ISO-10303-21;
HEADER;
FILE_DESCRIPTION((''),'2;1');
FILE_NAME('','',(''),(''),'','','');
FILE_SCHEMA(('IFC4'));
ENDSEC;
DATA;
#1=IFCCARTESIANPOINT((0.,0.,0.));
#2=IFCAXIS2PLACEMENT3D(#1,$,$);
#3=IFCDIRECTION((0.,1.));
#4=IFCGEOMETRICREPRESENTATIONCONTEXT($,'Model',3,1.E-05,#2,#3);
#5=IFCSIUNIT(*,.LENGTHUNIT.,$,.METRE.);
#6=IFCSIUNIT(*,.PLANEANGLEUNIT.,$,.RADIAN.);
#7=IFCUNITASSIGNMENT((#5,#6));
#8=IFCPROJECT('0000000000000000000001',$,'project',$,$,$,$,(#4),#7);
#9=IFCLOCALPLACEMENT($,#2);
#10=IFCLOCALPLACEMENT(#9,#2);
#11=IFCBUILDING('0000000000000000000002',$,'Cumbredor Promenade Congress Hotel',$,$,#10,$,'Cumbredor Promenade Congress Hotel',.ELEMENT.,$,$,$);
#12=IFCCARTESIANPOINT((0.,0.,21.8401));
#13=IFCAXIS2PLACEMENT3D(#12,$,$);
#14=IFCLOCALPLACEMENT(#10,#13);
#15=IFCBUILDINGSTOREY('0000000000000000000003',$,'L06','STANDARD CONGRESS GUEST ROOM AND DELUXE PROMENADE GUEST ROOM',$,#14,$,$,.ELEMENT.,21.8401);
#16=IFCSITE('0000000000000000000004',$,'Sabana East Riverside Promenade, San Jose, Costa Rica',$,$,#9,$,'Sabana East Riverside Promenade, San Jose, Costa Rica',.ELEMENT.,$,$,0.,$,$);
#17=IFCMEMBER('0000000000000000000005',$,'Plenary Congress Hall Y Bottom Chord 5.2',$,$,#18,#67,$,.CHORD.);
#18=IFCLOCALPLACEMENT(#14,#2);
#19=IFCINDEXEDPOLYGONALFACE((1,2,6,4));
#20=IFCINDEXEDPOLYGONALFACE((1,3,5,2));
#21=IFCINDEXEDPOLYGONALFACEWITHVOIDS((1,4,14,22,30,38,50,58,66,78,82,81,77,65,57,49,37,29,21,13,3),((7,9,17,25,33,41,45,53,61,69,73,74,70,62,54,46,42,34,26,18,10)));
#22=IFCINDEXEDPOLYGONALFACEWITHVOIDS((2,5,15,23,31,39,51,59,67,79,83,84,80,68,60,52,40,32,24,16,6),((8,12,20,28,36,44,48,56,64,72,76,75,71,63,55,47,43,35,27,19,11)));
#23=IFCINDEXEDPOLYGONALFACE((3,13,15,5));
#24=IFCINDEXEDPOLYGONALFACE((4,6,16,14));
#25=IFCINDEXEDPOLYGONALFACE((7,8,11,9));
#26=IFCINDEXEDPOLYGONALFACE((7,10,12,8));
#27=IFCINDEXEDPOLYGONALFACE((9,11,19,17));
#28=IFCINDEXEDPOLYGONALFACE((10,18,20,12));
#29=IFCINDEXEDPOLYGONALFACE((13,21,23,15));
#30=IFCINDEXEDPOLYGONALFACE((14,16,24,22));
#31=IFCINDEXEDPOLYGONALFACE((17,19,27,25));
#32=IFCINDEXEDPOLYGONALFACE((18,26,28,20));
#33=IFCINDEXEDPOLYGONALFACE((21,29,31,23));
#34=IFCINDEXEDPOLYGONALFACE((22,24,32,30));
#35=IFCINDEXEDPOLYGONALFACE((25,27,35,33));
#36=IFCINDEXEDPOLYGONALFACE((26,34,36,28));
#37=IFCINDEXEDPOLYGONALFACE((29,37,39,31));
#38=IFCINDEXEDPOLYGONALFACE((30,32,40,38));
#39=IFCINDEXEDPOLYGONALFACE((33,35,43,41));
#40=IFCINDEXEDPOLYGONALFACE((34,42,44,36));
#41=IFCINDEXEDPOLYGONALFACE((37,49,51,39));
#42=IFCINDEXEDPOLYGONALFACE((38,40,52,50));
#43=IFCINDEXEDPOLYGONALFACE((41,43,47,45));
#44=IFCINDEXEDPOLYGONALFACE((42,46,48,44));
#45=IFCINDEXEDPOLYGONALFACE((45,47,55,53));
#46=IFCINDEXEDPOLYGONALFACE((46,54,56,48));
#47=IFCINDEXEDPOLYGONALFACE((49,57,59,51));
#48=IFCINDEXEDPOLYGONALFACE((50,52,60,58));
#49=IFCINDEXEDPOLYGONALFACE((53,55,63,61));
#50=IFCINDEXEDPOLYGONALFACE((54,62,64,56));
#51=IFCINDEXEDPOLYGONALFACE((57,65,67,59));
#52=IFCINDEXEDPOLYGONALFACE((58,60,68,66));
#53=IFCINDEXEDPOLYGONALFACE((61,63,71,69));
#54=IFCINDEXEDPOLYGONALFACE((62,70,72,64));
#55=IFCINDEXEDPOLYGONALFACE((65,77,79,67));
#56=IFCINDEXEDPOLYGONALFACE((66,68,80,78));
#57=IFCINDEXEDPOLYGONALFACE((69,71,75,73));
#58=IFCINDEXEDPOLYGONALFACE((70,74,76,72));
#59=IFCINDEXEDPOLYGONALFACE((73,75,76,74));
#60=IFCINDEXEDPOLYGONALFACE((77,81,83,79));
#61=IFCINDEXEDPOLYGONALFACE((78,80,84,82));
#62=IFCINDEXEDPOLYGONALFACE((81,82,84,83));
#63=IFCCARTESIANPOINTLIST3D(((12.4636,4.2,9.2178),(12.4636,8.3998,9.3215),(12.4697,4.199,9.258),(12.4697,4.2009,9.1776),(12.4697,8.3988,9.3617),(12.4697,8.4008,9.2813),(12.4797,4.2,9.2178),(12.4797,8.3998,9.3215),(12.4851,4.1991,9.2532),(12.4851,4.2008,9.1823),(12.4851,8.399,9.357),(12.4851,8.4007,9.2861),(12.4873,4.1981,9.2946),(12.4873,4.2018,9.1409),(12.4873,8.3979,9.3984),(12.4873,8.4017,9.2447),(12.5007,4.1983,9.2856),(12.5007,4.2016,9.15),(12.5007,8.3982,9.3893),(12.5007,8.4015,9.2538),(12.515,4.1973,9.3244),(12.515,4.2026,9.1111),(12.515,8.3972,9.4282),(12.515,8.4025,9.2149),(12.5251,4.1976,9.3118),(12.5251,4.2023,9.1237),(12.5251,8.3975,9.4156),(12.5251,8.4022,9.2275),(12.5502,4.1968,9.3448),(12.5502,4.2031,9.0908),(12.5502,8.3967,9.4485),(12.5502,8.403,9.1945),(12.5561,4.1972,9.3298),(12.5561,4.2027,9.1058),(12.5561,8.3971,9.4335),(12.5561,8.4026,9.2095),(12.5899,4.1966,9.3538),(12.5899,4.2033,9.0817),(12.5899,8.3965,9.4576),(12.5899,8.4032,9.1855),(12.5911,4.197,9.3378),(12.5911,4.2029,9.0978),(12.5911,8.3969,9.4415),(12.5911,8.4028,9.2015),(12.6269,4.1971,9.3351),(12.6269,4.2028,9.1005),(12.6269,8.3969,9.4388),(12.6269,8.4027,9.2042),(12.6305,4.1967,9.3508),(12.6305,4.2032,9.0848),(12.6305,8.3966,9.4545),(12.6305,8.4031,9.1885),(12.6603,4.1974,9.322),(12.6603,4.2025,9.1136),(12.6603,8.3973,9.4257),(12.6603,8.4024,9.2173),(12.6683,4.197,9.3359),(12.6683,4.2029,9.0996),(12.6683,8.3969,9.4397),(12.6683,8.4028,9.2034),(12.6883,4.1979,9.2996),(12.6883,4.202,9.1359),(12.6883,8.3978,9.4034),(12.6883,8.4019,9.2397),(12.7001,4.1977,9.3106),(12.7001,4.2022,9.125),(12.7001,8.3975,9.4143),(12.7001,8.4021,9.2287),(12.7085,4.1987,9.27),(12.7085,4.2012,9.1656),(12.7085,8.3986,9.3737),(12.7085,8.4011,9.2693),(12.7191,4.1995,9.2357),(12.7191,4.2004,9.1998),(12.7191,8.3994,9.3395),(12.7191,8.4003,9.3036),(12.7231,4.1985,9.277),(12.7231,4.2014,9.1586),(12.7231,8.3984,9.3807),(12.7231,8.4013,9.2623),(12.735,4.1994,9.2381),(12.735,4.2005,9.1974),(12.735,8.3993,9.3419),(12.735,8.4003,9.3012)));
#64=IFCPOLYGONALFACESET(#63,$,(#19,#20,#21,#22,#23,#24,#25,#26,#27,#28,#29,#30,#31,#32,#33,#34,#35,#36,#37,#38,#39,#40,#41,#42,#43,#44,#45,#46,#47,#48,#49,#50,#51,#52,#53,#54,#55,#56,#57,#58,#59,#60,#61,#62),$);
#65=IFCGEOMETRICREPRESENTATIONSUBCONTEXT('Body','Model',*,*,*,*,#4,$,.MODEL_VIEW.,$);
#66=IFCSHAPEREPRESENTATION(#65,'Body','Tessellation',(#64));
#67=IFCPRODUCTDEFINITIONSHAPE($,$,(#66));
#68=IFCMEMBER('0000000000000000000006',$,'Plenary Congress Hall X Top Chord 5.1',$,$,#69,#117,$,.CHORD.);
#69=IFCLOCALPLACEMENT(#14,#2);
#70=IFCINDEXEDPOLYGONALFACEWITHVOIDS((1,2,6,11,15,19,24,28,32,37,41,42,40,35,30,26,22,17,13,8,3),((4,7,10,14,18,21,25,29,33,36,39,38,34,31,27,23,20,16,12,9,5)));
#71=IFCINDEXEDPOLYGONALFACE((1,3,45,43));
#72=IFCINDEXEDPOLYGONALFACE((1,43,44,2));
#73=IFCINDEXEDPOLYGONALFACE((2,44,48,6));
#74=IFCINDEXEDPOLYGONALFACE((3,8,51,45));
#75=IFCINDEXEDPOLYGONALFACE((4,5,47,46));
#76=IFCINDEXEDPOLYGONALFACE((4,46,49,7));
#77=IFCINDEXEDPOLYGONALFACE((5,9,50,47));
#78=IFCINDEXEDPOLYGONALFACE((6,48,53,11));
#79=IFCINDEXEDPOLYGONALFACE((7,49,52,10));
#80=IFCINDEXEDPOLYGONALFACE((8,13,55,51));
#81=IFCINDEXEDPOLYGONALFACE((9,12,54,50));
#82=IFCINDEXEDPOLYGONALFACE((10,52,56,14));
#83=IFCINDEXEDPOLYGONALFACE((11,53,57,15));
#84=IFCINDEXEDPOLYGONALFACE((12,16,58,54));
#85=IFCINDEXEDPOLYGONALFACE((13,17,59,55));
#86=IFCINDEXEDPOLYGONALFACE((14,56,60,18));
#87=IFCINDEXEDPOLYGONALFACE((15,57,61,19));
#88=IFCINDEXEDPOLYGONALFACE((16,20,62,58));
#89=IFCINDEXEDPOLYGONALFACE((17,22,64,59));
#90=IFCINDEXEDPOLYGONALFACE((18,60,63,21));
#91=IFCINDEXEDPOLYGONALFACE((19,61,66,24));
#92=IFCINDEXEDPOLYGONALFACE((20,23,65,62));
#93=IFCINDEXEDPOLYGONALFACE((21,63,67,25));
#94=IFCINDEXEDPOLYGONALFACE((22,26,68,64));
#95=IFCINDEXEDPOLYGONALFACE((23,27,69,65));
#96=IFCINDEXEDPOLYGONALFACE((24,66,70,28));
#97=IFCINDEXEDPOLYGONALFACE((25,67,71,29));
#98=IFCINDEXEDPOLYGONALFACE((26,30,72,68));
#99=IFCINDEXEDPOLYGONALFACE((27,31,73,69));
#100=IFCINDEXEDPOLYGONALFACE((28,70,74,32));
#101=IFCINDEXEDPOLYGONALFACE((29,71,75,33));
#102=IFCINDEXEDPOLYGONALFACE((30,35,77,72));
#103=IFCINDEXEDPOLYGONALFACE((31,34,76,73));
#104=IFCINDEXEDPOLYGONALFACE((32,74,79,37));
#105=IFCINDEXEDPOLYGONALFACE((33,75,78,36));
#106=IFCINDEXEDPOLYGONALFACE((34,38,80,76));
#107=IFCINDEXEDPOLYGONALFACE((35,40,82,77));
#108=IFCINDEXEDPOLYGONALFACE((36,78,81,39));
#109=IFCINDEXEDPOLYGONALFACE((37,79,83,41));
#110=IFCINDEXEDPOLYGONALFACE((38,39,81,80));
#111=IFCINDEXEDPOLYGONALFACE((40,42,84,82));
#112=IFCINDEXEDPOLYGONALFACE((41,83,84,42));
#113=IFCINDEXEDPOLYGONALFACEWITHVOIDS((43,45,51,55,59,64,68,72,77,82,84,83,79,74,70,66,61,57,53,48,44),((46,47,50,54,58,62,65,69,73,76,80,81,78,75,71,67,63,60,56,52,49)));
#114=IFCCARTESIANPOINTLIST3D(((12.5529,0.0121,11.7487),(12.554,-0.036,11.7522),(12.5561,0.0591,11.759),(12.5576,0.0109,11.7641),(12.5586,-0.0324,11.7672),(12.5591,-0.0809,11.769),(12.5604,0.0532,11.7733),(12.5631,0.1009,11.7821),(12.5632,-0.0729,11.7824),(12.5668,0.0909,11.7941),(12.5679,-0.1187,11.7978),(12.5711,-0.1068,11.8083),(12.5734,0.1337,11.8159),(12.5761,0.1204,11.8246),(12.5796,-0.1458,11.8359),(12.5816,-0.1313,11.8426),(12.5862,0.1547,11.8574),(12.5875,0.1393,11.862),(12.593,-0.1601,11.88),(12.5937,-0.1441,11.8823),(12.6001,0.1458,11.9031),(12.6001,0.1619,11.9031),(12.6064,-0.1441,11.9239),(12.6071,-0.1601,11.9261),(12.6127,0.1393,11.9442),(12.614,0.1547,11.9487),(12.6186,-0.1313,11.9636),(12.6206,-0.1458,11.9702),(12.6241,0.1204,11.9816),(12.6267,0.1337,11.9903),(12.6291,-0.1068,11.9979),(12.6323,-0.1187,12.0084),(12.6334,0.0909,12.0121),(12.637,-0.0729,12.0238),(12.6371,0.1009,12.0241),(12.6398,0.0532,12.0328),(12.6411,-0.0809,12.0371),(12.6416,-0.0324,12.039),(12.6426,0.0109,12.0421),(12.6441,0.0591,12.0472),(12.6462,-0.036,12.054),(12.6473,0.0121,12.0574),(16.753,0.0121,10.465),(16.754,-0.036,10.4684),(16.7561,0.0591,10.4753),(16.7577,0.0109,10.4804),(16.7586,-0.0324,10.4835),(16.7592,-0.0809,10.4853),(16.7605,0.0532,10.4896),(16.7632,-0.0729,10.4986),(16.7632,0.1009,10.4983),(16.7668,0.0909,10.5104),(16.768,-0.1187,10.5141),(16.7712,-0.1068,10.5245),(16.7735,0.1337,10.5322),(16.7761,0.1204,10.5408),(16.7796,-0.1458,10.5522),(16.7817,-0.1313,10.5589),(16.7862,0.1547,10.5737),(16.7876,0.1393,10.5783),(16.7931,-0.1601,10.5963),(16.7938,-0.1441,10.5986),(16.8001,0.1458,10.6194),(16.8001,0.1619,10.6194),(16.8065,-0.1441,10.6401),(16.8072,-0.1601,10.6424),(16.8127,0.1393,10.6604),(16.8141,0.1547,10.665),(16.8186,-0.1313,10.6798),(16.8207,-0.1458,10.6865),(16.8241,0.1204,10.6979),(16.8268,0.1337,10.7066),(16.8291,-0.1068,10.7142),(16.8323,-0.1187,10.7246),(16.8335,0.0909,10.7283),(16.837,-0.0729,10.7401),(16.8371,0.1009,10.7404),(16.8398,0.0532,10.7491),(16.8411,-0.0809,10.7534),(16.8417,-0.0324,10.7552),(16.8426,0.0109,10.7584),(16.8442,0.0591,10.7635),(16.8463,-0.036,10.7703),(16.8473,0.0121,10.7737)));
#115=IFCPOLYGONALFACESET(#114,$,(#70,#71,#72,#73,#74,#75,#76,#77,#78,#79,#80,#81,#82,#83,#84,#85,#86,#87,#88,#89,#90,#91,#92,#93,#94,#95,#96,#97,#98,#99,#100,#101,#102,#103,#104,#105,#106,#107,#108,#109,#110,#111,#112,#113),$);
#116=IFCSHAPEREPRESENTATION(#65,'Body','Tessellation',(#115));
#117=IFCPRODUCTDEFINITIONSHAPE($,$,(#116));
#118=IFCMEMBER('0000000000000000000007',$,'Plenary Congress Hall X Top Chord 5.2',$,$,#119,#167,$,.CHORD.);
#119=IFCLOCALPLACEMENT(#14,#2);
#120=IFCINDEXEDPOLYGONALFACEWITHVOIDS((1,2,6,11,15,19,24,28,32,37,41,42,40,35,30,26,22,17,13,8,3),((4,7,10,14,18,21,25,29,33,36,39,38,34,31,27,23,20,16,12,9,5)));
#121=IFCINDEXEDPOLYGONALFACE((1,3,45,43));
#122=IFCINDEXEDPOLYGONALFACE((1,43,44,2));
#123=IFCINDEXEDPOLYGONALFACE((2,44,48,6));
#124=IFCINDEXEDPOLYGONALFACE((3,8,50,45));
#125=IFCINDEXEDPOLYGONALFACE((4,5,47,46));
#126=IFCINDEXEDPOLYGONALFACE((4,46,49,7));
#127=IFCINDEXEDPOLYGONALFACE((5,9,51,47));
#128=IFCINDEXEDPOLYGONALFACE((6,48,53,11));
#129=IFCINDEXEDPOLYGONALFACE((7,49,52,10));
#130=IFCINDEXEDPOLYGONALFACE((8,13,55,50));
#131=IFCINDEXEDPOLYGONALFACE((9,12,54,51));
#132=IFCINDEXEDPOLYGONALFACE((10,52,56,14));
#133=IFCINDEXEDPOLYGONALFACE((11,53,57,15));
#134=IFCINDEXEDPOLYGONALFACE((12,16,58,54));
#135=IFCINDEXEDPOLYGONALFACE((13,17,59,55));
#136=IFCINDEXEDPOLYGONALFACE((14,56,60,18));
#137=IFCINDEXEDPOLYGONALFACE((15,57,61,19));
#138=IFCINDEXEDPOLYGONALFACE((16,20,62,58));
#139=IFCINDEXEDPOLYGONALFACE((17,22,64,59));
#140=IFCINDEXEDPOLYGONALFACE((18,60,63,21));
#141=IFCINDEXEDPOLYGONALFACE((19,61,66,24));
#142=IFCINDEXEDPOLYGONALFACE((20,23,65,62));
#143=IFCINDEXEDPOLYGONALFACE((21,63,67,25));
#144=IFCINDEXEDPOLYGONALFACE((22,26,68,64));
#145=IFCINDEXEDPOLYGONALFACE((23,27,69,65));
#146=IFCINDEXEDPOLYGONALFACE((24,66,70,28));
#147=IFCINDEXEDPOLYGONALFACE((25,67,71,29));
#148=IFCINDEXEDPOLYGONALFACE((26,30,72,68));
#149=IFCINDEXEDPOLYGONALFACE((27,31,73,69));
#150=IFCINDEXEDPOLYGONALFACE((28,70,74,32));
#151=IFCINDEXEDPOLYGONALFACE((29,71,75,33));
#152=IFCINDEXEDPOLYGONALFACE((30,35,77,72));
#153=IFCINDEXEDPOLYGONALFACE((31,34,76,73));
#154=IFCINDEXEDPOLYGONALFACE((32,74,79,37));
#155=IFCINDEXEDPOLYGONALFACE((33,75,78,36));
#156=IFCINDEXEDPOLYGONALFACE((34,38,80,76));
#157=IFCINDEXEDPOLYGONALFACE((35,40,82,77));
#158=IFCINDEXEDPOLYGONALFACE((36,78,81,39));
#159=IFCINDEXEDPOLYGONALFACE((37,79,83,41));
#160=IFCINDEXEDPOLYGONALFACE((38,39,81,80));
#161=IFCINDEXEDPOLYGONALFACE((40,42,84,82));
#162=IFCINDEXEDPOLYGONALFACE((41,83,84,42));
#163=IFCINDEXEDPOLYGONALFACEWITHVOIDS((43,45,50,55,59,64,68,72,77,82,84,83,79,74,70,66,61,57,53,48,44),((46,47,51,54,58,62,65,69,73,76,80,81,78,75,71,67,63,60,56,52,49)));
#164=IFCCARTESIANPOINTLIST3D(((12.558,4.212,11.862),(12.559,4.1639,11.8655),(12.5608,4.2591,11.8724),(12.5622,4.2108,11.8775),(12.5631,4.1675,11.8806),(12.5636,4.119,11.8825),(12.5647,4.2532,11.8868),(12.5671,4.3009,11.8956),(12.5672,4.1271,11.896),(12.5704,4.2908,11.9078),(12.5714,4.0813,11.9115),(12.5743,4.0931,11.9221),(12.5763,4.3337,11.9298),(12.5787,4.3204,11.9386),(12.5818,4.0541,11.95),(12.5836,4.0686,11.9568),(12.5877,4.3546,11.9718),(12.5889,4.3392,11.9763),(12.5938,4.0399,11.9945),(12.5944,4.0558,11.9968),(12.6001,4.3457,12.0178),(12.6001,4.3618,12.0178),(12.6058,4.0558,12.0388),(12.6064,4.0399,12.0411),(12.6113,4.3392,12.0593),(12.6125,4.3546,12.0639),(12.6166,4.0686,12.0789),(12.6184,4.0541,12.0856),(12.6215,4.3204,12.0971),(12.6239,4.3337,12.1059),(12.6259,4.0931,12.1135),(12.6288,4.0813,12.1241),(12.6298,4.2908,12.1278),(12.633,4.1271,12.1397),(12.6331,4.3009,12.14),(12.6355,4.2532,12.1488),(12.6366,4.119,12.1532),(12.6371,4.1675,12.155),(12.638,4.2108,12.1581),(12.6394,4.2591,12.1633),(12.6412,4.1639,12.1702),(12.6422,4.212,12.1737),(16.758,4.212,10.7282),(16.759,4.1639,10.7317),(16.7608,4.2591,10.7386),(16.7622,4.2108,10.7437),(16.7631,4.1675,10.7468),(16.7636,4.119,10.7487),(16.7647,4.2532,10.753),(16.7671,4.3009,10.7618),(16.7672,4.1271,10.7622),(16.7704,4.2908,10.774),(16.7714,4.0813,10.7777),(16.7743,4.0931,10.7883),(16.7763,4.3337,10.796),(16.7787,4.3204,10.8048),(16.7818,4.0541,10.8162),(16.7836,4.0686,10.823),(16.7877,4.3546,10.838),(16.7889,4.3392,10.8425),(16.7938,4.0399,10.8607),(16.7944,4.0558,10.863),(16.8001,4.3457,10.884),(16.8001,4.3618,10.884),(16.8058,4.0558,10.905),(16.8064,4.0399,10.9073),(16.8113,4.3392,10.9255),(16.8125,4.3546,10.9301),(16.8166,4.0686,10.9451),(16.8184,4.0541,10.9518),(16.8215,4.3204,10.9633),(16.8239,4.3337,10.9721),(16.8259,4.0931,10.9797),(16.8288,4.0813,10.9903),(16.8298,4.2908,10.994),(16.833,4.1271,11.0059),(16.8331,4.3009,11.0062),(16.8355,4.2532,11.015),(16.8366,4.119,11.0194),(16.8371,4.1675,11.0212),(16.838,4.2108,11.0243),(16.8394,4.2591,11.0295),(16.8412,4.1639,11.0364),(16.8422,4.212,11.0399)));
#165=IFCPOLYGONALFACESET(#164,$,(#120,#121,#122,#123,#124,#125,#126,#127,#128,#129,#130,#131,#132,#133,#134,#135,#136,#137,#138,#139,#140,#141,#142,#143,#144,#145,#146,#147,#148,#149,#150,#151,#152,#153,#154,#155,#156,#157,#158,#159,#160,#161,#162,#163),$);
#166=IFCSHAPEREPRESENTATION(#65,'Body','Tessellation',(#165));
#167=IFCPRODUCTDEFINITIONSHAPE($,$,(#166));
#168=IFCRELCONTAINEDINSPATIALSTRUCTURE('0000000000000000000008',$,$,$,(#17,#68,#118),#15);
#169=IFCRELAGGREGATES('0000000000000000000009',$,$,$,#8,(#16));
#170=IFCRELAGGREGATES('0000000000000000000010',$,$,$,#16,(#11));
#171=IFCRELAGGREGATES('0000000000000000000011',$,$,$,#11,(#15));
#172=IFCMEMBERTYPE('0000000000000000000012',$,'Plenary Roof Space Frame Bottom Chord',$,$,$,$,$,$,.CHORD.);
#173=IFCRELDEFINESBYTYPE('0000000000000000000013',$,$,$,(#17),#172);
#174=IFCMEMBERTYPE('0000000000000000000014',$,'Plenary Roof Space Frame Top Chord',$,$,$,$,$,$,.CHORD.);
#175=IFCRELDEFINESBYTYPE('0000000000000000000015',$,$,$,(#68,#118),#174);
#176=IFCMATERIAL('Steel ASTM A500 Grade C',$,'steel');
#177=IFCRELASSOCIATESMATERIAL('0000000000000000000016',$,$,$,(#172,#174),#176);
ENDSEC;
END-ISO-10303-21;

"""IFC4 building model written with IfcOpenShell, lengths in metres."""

from ifc_helpers import new_model, si_unit, direction, frame, origin, origin_2d, place, context, subcontext, project, spatial, hollow_circle, extrude, material, material_profile, profile_set, type_object, element, save


model = new_model("IFC4")

# Units and contexts
model_context = context("Model", 3, precision=1e-05, world=origin(), true_north=direction((0.0, 1.0)))
body_context = subcontext(model_context, "Body", "Model", "MODEL_VIEW")
ifc_project = project(units=[si_unit("LENGTHUNIT", "METRE"), si_unit("PLANEANGLEUNIT", "RADIAN")], contexts=[model_context])

# Site, building, storey
site_placement = place(None, origin())
site = spatial("IfcSite", under=ifc_project, at=site_placement, Name="Sabana East Riverside Promenade, San Jose, Costa Rica", LongName="Sabana East Riverside Promenade, San Jose, Costa Rica", CompositionType="ELEMENT", RefElevation=0.0)
building_placement = place(site_placement, origin())
building = spatial("IfcBuilding", under=site, at=building_placement, Name="Cumbredor Promenade Congress Hotel", LongName="Cumbredor Promenade Congress Hotel", CompositionType="ELEMENT")
storey_placement = place(building_placement, frame((0.0, 0.0, 21.8401)))
storey = spatial("IfcBuildingStorey", under=building, at=storey_placement, Name="L06", Description="STANDARD CONGRESS GUEST ROOM AND DELUXE PROMENADE GUEST ROOM", CompositionType="ELEMENT", Elevation=21.8401)

# Members
ifc_material_1 = material(Name="Steel ASTM A500 Grade C", Category="steel")
ifc_material_profile_1 = material_profile(ifc_material_1, hollow_circle(Radius=0.1365, WallThickness=0.0161, at=origin_2d()), Name="CHS 273.0x16")
ifc_profile_set_1 = profile_set([ifc_material_profile_1], Name="Steel ASTM A500 Grade C")
member_type_1 = type_object("IfcMemberType", Name="Plenary Roof Space Frame Bottom Chord", PredefinedType="CHORD", material=ifc_profile_set_1)
member_1_placement = place(storey_placement, frame((12.6001, 4.2, 9.2178), z_axis=(0.0, 0.999695, 0.024697), x_axis=(-1.0, 0.0, 0.0)))
element("IfcMember", 1, at=member_1_placement, inside=storey, type_object=member_type_1, Name="Plenary Congress Hall Y Bottom Chord 5.2", PredefinedType="CHORD", context=body_context, shape_type="SweptSolid", body=[
    extrude(hollow_circle(Radius=0.1365, WallThickness=0.0161, at=origin_2d()), origin(), (0.0, 0.0, 1.0), 4.2012),
])
ifc_material_profile_2 = material_profile(ifc_material_1, hollow_circle(Radius=0.1619, WallThickness=0.0161, at=origin_2d()), Name="CHS 323.9x16")
ifc_profile_set_2 = profile_set([ifc_material_profile_2], Name="Steel ASTM A500 Grade C")
member_type_2 = type_object("IfcMemberType", Name="Plenary Roof Space Frame Top Chord", PredefinedType="CHORD", material=ifc_profile_set_2)
member_2_placement = place(storey_placement, frame((12.6001, 0.0, 11.9031), z_axis=(0.956328, 0.0, -0.292296), x_axis=(0.0, 1.0, 0.0)))
element("IfcMember", 2, at=member_2_placement, inside=storey, type_object=member_type_2, Name="Plenary Congress Hall X Top Chord 5.1", PredefinedType="CHORD", context=body_context, shape_type="SweptSolid", body=[
    extrude(hollow_circle(Radius=0.1619, WallThickness=0.0161, at=origin_2d()), origin(), (0.0, 0.0, 1.0), 4.3918),
])
member_3_placement = place(storey_placement, frame((12.6001, 4.2, 12.0178), z_axis=(0.965441, 0.0, -0.260623), x_axis=(0.0, 1.0, 0.0)))
element("IfcMember", 3, at=member_3_placement, inside=storey, type_object=member_type_2, Name="Plenary Congress Hall X Top Chord 5.2", PredefinedType="CHORD", context=body_context, shape_type="SweptSolid", body=[
    extrude(hollow_circle(Radius=0.1619, WallThickness=0.0161, at=origin_2d()), origin(), (0.0, 0.0, 1.0), 4.3503),
])

save(model, "model.ifc")
